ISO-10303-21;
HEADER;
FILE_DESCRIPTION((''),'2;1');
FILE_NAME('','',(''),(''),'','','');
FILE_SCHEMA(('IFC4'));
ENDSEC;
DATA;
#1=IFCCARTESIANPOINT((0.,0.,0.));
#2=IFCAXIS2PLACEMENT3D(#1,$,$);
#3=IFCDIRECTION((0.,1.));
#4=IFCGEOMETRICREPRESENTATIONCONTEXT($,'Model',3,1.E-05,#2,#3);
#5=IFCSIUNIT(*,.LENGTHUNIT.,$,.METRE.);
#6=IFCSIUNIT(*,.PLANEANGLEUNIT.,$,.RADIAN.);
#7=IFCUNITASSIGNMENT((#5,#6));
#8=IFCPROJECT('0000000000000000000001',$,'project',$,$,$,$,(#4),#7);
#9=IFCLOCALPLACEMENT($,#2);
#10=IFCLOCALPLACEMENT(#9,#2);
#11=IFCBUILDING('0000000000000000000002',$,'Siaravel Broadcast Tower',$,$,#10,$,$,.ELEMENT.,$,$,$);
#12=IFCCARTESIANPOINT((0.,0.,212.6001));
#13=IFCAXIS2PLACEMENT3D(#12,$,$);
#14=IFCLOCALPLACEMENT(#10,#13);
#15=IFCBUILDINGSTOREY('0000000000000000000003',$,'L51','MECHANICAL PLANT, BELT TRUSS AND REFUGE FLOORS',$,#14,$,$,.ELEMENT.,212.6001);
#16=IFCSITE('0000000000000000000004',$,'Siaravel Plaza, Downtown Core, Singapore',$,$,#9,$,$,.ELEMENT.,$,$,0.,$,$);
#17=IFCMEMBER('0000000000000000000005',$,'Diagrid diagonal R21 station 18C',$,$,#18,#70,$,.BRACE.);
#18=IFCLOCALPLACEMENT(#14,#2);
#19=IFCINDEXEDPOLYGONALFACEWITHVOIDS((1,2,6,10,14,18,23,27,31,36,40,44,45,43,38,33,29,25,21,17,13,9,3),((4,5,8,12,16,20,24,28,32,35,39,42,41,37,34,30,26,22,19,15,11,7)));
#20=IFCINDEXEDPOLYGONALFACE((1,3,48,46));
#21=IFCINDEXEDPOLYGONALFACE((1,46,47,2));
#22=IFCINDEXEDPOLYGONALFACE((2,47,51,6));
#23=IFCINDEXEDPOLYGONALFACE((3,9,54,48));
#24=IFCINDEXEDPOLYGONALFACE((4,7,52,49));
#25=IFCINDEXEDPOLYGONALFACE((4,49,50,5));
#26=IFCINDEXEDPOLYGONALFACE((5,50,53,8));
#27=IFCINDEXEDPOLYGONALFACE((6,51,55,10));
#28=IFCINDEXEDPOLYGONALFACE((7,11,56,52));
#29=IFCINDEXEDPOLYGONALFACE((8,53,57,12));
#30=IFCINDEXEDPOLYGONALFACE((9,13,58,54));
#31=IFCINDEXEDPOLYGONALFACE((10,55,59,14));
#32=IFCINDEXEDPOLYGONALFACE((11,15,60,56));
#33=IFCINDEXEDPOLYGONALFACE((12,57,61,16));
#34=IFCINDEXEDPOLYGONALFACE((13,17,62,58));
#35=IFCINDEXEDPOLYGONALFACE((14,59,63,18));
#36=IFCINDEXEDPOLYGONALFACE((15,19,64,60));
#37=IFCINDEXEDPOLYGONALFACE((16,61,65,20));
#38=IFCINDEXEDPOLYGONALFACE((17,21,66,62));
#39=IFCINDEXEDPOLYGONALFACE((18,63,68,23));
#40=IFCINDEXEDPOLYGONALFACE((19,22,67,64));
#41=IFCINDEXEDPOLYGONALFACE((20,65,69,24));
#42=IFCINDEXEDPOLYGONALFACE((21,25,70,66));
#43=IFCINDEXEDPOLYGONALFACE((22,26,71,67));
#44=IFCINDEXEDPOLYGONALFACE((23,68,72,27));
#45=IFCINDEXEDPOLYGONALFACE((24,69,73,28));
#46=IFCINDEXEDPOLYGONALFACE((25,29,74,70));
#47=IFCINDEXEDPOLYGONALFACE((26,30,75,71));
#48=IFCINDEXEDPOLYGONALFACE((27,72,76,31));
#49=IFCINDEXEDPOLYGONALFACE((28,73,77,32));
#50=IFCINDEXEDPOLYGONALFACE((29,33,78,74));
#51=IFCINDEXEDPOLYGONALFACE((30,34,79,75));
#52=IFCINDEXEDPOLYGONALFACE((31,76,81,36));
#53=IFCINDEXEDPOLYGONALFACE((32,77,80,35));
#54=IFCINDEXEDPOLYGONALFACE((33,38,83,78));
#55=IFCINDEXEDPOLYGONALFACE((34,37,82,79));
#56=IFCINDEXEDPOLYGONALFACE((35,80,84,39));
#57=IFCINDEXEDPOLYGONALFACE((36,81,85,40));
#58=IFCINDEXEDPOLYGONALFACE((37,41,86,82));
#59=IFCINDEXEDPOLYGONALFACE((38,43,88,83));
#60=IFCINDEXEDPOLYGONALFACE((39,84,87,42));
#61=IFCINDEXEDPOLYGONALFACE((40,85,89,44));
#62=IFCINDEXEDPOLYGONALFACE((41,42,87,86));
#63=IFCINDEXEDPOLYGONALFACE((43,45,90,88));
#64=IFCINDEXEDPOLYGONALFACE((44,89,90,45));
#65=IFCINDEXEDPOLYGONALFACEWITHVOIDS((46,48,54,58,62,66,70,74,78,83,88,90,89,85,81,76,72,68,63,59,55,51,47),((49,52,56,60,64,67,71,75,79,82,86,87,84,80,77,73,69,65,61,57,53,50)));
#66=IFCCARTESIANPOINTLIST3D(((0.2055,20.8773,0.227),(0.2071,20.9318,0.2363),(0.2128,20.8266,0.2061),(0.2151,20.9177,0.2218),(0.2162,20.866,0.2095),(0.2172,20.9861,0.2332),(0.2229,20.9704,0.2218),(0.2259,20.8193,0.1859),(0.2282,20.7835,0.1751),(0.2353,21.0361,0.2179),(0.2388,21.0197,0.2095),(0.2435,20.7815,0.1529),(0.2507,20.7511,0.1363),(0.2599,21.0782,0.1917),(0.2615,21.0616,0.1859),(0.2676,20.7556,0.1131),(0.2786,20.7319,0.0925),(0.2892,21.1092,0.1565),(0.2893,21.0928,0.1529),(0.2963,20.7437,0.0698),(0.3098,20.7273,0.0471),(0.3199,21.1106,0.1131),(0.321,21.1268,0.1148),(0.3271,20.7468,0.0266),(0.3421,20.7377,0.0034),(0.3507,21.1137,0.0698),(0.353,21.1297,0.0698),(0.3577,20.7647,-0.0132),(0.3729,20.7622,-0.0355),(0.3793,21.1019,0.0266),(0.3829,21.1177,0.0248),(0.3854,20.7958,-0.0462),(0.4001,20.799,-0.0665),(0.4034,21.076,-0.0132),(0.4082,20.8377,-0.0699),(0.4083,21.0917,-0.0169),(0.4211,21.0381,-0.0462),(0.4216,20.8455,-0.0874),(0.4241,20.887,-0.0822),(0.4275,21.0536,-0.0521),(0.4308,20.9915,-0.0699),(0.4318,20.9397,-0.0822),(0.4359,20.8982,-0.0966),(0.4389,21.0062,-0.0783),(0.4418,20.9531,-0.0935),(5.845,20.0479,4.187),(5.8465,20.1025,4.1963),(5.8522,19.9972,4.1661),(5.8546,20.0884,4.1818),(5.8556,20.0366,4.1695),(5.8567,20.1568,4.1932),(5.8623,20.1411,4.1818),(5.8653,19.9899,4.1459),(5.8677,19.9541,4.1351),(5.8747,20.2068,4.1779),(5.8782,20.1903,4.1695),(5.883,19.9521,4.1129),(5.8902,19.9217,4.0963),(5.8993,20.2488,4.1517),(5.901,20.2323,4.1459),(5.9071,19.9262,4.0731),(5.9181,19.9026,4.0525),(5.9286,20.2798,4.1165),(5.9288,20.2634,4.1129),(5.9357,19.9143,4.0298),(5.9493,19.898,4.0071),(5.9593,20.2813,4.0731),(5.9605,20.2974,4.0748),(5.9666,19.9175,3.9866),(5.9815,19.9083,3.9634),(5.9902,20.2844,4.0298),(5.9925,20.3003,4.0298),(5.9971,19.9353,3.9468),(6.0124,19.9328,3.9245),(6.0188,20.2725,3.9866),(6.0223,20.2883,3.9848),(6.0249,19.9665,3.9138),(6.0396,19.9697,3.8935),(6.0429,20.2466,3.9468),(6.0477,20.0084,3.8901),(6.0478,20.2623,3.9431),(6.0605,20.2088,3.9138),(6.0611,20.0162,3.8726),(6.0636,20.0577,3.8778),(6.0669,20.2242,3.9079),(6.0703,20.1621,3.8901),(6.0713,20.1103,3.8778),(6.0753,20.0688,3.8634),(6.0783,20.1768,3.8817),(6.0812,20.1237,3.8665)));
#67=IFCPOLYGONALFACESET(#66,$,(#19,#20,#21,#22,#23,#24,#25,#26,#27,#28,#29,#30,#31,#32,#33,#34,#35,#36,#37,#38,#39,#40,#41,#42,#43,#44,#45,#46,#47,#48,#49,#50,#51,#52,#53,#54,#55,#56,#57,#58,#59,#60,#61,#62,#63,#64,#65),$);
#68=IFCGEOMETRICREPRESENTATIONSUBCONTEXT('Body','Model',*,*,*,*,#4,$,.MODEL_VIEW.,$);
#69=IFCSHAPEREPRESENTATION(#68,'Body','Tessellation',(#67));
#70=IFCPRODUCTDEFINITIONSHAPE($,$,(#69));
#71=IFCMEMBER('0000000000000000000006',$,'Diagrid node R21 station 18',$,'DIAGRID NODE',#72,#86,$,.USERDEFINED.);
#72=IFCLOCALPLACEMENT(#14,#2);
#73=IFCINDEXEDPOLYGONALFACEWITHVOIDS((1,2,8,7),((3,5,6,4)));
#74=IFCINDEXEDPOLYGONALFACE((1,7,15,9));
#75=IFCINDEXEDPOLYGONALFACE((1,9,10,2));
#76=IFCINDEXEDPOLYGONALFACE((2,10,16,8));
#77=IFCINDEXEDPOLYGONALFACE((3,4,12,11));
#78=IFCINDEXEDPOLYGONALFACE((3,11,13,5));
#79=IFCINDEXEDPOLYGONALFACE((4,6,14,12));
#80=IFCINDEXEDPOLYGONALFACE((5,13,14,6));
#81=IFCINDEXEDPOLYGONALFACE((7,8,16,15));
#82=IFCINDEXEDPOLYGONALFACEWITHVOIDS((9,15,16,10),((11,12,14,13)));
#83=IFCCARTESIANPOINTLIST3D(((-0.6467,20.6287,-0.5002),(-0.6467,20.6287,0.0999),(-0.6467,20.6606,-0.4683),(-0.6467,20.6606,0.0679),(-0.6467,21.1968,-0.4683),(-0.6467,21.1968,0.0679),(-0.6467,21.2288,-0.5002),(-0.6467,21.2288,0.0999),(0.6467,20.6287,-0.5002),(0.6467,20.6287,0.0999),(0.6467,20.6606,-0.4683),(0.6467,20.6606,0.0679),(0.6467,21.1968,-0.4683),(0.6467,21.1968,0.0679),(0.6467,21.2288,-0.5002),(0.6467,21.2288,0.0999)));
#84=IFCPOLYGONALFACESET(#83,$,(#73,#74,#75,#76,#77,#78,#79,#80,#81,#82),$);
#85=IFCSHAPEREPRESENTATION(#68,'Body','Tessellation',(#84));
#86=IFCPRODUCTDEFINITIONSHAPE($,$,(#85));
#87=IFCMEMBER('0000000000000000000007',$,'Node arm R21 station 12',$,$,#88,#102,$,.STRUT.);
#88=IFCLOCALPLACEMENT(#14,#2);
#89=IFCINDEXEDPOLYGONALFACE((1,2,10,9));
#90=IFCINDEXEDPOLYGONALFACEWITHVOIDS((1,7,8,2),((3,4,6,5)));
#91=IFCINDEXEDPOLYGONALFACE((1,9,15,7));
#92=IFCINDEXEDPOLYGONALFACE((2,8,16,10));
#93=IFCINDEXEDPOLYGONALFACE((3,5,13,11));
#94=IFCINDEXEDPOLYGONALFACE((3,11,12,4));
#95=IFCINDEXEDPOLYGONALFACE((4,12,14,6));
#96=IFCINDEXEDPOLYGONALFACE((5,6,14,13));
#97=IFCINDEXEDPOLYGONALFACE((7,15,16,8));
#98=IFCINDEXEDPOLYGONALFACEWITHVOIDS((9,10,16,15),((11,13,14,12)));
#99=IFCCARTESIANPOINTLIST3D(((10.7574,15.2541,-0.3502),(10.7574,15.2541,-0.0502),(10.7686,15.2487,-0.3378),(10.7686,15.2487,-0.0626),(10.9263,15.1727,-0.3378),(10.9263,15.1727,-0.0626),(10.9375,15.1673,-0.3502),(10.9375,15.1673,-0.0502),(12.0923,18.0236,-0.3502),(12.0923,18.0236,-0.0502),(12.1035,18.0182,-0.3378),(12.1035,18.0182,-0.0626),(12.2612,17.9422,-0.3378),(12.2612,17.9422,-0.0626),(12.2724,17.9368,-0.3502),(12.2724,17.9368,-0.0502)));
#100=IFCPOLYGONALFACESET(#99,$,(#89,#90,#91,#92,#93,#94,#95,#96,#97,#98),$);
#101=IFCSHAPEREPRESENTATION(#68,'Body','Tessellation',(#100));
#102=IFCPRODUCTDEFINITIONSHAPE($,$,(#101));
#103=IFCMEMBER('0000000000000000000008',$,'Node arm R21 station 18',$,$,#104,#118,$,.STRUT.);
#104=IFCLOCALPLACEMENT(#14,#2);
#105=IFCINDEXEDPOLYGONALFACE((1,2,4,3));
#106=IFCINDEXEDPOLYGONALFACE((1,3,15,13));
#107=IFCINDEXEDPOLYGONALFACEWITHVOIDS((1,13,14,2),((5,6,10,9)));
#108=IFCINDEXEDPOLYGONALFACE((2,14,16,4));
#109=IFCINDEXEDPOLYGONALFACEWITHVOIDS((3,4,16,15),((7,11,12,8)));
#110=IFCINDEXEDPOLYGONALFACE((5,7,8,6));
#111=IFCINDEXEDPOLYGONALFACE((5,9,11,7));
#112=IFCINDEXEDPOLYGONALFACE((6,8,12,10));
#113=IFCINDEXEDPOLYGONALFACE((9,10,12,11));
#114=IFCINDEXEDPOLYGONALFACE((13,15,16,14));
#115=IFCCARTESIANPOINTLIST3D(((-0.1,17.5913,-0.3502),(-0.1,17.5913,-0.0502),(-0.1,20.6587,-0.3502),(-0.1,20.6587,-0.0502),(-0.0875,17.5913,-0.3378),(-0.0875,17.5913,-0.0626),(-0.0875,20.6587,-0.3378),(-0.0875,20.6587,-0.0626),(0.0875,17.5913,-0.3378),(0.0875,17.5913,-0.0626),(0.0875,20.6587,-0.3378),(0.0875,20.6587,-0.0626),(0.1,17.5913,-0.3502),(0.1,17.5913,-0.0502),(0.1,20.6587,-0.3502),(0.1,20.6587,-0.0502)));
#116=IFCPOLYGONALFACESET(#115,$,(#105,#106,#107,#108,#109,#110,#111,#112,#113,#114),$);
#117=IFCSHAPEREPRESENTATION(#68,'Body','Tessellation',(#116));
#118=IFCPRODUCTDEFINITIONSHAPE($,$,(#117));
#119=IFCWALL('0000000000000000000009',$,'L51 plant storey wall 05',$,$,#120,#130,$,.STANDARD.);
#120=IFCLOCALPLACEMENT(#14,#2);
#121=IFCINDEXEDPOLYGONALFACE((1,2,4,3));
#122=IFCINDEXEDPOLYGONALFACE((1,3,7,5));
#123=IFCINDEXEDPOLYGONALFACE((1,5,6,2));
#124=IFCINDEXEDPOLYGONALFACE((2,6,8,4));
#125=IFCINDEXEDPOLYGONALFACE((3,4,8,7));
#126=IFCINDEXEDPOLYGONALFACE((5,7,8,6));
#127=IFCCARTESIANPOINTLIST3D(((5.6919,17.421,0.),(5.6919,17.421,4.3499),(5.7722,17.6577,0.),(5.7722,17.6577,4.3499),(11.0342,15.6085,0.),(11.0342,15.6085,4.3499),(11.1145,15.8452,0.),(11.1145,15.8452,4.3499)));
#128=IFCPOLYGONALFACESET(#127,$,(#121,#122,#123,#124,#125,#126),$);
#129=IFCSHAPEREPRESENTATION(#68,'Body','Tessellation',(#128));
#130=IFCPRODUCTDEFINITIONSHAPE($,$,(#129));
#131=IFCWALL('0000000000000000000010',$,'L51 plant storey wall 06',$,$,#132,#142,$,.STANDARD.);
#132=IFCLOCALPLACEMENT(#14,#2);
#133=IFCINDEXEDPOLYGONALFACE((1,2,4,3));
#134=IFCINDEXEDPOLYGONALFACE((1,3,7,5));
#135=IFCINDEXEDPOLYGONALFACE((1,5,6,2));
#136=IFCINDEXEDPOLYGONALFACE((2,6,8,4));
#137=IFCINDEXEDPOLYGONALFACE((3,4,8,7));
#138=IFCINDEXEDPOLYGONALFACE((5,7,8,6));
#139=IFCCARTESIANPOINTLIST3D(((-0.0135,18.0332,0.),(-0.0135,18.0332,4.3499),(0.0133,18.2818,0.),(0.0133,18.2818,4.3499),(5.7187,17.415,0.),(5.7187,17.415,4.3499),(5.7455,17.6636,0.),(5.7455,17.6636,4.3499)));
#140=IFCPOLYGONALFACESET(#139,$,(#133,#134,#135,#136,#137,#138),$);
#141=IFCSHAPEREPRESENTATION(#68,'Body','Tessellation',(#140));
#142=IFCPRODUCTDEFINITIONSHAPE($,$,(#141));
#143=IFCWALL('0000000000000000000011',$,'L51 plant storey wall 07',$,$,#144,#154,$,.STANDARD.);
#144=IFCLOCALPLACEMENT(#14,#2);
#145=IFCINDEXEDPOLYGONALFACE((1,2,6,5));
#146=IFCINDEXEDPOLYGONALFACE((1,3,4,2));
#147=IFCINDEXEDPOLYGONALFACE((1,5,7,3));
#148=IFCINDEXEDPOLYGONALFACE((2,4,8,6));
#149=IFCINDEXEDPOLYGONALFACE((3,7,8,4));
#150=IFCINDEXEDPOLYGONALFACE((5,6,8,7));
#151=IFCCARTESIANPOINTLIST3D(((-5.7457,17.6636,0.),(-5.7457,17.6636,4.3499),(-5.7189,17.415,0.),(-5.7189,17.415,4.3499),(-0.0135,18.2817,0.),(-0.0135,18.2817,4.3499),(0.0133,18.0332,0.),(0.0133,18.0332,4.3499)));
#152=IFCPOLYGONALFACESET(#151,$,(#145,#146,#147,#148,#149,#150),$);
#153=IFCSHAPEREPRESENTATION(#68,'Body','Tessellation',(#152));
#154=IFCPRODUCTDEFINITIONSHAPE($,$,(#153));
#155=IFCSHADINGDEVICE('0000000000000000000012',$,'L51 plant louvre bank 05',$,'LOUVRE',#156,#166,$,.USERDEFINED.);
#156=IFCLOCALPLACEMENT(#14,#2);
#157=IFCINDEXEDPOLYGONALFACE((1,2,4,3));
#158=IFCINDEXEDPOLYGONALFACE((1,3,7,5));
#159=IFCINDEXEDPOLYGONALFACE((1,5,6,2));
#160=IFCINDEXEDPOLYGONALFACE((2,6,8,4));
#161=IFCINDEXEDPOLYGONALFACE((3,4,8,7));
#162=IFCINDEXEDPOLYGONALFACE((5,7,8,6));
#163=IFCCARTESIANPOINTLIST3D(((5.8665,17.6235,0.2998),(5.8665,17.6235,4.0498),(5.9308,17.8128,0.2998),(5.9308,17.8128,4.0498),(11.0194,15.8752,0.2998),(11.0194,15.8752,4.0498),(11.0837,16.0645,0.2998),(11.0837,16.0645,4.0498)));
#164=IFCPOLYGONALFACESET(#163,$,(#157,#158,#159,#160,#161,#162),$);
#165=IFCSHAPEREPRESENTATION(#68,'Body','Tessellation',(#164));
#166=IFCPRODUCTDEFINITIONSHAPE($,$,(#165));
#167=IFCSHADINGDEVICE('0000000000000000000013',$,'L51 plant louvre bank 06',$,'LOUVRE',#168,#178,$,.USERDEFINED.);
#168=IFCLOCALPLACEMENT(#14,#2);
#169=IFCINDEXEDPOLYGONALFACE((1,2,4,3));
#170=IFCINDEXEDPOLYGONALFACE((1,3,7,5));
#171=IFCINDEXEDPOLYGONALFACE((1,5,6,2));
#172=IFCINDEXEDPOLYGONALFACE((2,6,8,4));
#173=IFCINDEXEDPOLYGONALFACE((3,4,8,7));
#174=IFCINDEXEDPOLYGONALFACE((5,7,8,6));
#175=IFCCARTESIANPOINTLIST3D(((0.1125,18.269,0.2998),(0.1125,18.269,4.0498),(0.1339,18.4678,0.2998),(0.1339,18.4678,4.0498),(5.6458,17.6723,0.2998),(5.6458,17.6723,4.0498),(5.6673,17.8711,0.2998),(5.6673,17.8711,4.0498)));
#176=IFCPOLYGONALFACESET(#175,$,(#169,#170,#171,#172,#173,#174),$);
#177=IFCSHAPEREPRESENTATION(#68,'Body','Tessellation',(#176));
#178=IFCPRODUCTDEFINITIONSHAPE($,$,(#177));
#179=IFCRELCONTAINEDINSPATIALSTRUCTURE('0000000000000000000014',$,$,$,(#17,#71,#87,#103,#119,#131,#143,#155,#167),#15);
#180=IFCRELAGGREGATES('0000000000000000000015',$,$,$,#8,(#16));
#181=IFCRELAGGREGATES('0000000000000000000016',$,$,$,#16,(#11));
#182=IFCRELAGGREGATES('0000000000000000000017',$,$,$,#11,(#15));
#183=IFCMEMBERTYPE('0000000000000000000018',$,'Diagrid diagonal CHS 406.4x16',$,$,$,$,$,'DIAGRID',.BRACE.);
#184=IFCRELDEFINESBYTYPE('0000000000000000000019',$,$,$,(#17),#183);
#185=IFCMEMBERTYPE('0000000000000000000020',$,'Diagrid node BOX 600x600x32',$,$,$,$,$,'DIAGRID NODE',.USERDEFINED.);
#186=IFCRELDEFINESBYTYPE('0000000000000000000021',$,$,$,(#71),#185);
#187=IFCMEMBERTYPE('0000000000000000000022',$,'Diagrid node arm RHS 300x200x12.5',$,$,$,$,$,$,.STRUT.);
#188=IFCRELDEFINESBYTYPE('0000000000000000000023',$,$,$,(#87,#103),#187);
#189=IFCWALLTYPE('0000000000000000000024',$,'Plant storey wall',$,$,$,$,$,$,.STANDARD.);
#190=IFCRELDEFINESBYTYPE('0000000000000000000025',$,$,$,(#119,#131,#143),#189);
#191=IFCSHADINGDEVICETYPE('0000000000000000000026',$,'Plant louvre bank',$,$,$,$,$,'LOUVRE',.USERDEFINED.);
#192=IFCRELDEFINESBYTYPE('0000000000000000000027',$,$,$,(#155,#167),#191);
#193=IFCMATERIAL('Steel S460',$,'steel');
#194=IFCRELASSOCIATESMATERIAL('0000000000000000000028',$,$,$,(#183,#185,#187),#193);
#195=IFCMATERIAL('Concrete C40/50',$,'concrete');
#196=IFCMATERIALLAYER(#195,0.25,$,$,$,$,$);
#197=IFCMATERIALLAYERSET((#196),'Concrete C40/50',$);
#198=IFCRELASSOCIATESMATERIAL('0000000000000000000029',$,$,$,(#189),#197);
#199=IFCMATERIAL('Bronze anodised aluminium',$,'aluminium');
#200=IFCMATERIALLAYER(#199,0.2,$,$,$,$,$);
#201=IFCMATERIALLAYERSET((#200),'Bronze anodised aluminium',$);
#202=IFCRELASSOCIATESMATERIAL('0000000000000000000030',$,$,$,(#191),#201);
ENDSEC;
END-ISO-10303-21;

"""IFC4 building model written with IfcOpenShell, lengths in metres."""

from ifc_helpers import new_model, si_unit, direction, frame, frame_2d, origin, origin_2d, place, context, subcontext, project, spatial, rectangle, hollow_rectangle, hollow_circle, extrude, material, layer, layer_set, material_profile, profile_set, type_object, element, save


model = new_model("IFC4")

# Units and contexts
model_context = context("Model", 3, precision=1e-05, world=origin(), true_north=direction((0.0, 1.0)))
body_context = subcontext(model_context, "Body", "Model", "MODEL_VIEW")
ifc_project = project(units=[si_unit("LENGTHUNIT", "METRE"), si_unit("PLANEANGLEUNIT", "RADIAN")], contexts=[model_context])

# Site, building, storey
site_placement = place(None, origin())
site = spatial("IfcSite", under=ifc_project, at=site_placement, Name="Siaravel Plaza, Downtown Core, Singapore", CompositionType="ELEMENT", RefElevation=0.0)
building_placement = place(site_placement, origin())
building = spatial("IfcBuilding", under=site, at=building_placement, Name="Siaravel Broadcast Tower", CompositionType="ELEMENT")
storey_placement = place(building_placement, frame((0.0, 0.0, 212.6001)))
storey = spatial("IfcBuildingStorey", under=building, at=storey_placement, Name="L51", Description="MECHANICAL PLANT, BELT TRUSS AND REFUGE FLOORS", CompositionType="ELEMENT", Elevation=212.6001)

# Shared definitions
ifc_material_1 = material(Name="Steel S460", Category="steel")

# Members
ifc_material_profile_1 = material_profile(ifc_material_1, hollow_circle(Radius=0.2031, WallThickness=0.0161, at=origin_2d()))
ifc_profile_set_1 = profile_set([ifc_material_profile_1], Name="Steel S460")
member_type_1 = type_object("IfcMemberType", Name="Diagrid diagonal CHS 406.4x16", ElementType="DIAGRID", PredefinedType="BRACE", material=ifc_profile_set_1)
member_1_placement = place(storey_placement, frame((0.3235, 20.9287, 0.0698), z_axis=(0.812524, -0.119492, 0.57055), x_axis=(0.145498, 0.989359, 0.0)))
element("IfcMember", 1, at=member_1_placement, inside=storey, type_object=member_type_1, Name="Diagrid diagonal R21 station 18C", PredefinedType="BRACE", context=body_context, shape_type="SweptSolid", body=[
    extrude(hollow_circle(Radius=0.2031, WallThickness=0.0161, at=origin_2d()), origin(), (0.0, 0.0, 1.0), 6.9407),
])
ifc_material_profile_2 = material_profile(ifc_material_1, hollow_rectangle(XDim=0.6001, YDim=0.6001, WallThickness=0.032, at=origin_2d()))
ifc_profile_set_2 = profile_set([ifc_material_profile_2], Name="Steel S460")
member_type_2 = type_object("IfcMemberType", Name="Diagrid node BOX 600x600x32", ElementType="DIAGRID NODE", PredefinedType="USERDEFINED", material=ifc_profile_set_2)
member_2_placement = place(storey_placement, frame((0.6467, 20.9287, -0.2002), z_axis=(-1.0, 0.0, 0.0), x_axis=(0.0, -1.0, 0.0)))
element("IfcMember", 2, at=member_2_placement, inside=storey, type_object=member_type_2, Name="Diagrid node R21 station 18", ObjectType="DIAGRID NODE", PredefinedType="USERDEFINED", context=body_context, shape_type="SweptSolid", body=[
    extrude(hollow_rectangle(XDim=0.6001, YDim=0.6001, WallThickness=0.032, at=origin_2d()), origin(), (0.0, 0.0, 1.0), 1.2935),
])
ifc_material_profile_3 = material_profile(ifc_material_1, hollow_rectangle(XDim=0.2, YDim=0.3, WallThickness=0.0125, at=origin_2d()))
ifc_profile_set_3 = profile_set([ifc_material_profile_3], Name="Steel S460")
member_type_3 = type_object("IfcMemberType", Name="Diagrid node arm RHS 300x200x12.5", PredefinedType="STRUT", material=ifc_profile_set_3)
member_3_placement = place(storey_placement, frame((10.8474, 15.2107, -0.2002), z_axis=(0.434207, 0.900813, 0.0), x_axis=(-0.900813, 0.434207, 0.0)))
element("IfcMember", 3, at=member_3_placement, inside=storey, type_object=member_type_3, Name="Node arm R21 station 12", PredefinedType="STRUT", context=body_context, shape_type="SweptSolid", body=[
    extrude(hollow_rectangle(XDim=0.2, YDim=0.3, WallThickness=0.0125, at=origin_2d()), origin(), (0.0, 0.0, 1.0), 3.0745),
])
member_4_placement = place(storey_placement, frame((0.0, 17.5913, -0.2002), z_axis=(0.0, 1.0, 0.0), x_axis=(-1.0, 0.0, 0.0)))
element("IfcMember", 4, at=member_4_placement, inside=storey, type_object=member_type_3, Name="Node arm R21 station 18", PredefinedType="STRUT", context=body_context, shape_type="SweptSolid", body=[
    extrude(hollow_rectangle(XDim=0.2, YDim=0.3, WallThickness=0.0125, at=origin_2d()), origin(), (0.0, 0.0, 1.0), 3.0674),
])

# Walls
ifc_material_2 = material(Name="Concrete C40/50", Category="concrete")
ifc_layer_1 = layer(ifc_material_2, 0.25)
ifc_layer_set_1 = layer_set([ifc_layer_1], Name="Concrete C40/50")
wall_type = type_object("IfcWallType", Name="Plant storey wall", PredefinedType="STANDARD", material=ifc_layer_set_1)
wall_placement = place(storey_placement, frame((11.0745, 15.7268, 0.0), z_axis=(0.0, 0.0, 1.0), x_axis=(-0.946982, 0.321287, 0.0)))
element("IfcWall", 5, at=wall_placement, inside=storey, type_object=wall_type, Name="L51 plant storey wall 05", PredefinedType="STANDARD", context=body_context, shape_type="SweptSolid", body=[
    extrude(rectangle(XDim=5.6414, YDim=0.25, at=frame_2d((2.8208, 0.0))), origin(), (0.0, 0.0, 1.0), 4.3499),
])
for number, where, z_axis, x_axis, name in (
    (6, (5.7322, 17.5393, 0.0), (0.0, 0.0, 1.0), (-0.994235, 0.107219, 0.0), "L51 plant storey wall 06"),
    (7, (0.0, 18.1575, 0.0), (0.0, 0.0, 1.0), (-0.994235, -0.107219, 0.0), "L51 plant storey wall 07"),
):
    element("IfcWall", number, at=place(storey_placement, frame(where, z_axis=z_axis, x_axis=x_axis)), inside=storey, type_object=wall_type, Name=name, PredefinedType="STANDARD", context=body_context, shape_type="SweptSolid", body=[
        extrude(rectangle(XDim=5.7654, YDim=0.25, at=frame_2d((2.8828, 0.0))), origin(), (0.0, 0.0, 1.0), 4.3499),
    ])

# Shading devices
ifc_material_3 = material(Name="Bronze anodised aluminium", Category="aluminium")
ifc_layer_2 = layer(ifc_material_3, 0.2)
ifc_layer_set_2 = layer_set([ifc_layer_2], Name="Bronze anodised aluminium")
shading_device_type = type_object("IfcShadingDeviceType", Name="Plant louvre bank", ElementType="LOUVRE", PredefinedType="USERDEFINED", material=ifc_layer_set_2)
shading_device_1_placement = place(storey_placement, frame((8.4751, 16.844, 0.2998), z_axis=(0.0, 0.0, 1.0), x_axis=(-0.946977, 0.321301, 0.0)))
element("IfcShadingDevice", 8, at=shading_device_1_placement, inside=storey, type_object=shading_device_type, Name="L51 plant louvre bank 05", ObjectType="LOUVRE", PredefinedType="USERDEFINED", context=body_context, shape_type="SweptSolid", body=[
    extrude(rectangle(XDim=5.4414, YDim=0.2, at=origin_2d()), origin(), (0.0, 0.0, 1.0), 3.75),
])
shading_device_2_placement = place(storey_placement, frame((2.8899, 18.0701, 0.2998), z_axis=(0.0, 0.0, 1.0), x_axis=(-0.994236, 0.107217, 0.0)))
element("IfcShadingDevice", 9, at=shading_device_2_placement, inside=storey, type_object=shading_device_type, Name="L51 plant louvre bank 06", ObjectType="LOUVRE", PredefinedType="USERDEFINED", context=body_context, shape_type="SweptSolid", body=[
    extrude(rectangle(XDim=5.5654, YDim=0.2, at=origin_2d()), origin(), (0.0, 0.0, 1.0), 3.75),
])

save(model, "model.ifc")
